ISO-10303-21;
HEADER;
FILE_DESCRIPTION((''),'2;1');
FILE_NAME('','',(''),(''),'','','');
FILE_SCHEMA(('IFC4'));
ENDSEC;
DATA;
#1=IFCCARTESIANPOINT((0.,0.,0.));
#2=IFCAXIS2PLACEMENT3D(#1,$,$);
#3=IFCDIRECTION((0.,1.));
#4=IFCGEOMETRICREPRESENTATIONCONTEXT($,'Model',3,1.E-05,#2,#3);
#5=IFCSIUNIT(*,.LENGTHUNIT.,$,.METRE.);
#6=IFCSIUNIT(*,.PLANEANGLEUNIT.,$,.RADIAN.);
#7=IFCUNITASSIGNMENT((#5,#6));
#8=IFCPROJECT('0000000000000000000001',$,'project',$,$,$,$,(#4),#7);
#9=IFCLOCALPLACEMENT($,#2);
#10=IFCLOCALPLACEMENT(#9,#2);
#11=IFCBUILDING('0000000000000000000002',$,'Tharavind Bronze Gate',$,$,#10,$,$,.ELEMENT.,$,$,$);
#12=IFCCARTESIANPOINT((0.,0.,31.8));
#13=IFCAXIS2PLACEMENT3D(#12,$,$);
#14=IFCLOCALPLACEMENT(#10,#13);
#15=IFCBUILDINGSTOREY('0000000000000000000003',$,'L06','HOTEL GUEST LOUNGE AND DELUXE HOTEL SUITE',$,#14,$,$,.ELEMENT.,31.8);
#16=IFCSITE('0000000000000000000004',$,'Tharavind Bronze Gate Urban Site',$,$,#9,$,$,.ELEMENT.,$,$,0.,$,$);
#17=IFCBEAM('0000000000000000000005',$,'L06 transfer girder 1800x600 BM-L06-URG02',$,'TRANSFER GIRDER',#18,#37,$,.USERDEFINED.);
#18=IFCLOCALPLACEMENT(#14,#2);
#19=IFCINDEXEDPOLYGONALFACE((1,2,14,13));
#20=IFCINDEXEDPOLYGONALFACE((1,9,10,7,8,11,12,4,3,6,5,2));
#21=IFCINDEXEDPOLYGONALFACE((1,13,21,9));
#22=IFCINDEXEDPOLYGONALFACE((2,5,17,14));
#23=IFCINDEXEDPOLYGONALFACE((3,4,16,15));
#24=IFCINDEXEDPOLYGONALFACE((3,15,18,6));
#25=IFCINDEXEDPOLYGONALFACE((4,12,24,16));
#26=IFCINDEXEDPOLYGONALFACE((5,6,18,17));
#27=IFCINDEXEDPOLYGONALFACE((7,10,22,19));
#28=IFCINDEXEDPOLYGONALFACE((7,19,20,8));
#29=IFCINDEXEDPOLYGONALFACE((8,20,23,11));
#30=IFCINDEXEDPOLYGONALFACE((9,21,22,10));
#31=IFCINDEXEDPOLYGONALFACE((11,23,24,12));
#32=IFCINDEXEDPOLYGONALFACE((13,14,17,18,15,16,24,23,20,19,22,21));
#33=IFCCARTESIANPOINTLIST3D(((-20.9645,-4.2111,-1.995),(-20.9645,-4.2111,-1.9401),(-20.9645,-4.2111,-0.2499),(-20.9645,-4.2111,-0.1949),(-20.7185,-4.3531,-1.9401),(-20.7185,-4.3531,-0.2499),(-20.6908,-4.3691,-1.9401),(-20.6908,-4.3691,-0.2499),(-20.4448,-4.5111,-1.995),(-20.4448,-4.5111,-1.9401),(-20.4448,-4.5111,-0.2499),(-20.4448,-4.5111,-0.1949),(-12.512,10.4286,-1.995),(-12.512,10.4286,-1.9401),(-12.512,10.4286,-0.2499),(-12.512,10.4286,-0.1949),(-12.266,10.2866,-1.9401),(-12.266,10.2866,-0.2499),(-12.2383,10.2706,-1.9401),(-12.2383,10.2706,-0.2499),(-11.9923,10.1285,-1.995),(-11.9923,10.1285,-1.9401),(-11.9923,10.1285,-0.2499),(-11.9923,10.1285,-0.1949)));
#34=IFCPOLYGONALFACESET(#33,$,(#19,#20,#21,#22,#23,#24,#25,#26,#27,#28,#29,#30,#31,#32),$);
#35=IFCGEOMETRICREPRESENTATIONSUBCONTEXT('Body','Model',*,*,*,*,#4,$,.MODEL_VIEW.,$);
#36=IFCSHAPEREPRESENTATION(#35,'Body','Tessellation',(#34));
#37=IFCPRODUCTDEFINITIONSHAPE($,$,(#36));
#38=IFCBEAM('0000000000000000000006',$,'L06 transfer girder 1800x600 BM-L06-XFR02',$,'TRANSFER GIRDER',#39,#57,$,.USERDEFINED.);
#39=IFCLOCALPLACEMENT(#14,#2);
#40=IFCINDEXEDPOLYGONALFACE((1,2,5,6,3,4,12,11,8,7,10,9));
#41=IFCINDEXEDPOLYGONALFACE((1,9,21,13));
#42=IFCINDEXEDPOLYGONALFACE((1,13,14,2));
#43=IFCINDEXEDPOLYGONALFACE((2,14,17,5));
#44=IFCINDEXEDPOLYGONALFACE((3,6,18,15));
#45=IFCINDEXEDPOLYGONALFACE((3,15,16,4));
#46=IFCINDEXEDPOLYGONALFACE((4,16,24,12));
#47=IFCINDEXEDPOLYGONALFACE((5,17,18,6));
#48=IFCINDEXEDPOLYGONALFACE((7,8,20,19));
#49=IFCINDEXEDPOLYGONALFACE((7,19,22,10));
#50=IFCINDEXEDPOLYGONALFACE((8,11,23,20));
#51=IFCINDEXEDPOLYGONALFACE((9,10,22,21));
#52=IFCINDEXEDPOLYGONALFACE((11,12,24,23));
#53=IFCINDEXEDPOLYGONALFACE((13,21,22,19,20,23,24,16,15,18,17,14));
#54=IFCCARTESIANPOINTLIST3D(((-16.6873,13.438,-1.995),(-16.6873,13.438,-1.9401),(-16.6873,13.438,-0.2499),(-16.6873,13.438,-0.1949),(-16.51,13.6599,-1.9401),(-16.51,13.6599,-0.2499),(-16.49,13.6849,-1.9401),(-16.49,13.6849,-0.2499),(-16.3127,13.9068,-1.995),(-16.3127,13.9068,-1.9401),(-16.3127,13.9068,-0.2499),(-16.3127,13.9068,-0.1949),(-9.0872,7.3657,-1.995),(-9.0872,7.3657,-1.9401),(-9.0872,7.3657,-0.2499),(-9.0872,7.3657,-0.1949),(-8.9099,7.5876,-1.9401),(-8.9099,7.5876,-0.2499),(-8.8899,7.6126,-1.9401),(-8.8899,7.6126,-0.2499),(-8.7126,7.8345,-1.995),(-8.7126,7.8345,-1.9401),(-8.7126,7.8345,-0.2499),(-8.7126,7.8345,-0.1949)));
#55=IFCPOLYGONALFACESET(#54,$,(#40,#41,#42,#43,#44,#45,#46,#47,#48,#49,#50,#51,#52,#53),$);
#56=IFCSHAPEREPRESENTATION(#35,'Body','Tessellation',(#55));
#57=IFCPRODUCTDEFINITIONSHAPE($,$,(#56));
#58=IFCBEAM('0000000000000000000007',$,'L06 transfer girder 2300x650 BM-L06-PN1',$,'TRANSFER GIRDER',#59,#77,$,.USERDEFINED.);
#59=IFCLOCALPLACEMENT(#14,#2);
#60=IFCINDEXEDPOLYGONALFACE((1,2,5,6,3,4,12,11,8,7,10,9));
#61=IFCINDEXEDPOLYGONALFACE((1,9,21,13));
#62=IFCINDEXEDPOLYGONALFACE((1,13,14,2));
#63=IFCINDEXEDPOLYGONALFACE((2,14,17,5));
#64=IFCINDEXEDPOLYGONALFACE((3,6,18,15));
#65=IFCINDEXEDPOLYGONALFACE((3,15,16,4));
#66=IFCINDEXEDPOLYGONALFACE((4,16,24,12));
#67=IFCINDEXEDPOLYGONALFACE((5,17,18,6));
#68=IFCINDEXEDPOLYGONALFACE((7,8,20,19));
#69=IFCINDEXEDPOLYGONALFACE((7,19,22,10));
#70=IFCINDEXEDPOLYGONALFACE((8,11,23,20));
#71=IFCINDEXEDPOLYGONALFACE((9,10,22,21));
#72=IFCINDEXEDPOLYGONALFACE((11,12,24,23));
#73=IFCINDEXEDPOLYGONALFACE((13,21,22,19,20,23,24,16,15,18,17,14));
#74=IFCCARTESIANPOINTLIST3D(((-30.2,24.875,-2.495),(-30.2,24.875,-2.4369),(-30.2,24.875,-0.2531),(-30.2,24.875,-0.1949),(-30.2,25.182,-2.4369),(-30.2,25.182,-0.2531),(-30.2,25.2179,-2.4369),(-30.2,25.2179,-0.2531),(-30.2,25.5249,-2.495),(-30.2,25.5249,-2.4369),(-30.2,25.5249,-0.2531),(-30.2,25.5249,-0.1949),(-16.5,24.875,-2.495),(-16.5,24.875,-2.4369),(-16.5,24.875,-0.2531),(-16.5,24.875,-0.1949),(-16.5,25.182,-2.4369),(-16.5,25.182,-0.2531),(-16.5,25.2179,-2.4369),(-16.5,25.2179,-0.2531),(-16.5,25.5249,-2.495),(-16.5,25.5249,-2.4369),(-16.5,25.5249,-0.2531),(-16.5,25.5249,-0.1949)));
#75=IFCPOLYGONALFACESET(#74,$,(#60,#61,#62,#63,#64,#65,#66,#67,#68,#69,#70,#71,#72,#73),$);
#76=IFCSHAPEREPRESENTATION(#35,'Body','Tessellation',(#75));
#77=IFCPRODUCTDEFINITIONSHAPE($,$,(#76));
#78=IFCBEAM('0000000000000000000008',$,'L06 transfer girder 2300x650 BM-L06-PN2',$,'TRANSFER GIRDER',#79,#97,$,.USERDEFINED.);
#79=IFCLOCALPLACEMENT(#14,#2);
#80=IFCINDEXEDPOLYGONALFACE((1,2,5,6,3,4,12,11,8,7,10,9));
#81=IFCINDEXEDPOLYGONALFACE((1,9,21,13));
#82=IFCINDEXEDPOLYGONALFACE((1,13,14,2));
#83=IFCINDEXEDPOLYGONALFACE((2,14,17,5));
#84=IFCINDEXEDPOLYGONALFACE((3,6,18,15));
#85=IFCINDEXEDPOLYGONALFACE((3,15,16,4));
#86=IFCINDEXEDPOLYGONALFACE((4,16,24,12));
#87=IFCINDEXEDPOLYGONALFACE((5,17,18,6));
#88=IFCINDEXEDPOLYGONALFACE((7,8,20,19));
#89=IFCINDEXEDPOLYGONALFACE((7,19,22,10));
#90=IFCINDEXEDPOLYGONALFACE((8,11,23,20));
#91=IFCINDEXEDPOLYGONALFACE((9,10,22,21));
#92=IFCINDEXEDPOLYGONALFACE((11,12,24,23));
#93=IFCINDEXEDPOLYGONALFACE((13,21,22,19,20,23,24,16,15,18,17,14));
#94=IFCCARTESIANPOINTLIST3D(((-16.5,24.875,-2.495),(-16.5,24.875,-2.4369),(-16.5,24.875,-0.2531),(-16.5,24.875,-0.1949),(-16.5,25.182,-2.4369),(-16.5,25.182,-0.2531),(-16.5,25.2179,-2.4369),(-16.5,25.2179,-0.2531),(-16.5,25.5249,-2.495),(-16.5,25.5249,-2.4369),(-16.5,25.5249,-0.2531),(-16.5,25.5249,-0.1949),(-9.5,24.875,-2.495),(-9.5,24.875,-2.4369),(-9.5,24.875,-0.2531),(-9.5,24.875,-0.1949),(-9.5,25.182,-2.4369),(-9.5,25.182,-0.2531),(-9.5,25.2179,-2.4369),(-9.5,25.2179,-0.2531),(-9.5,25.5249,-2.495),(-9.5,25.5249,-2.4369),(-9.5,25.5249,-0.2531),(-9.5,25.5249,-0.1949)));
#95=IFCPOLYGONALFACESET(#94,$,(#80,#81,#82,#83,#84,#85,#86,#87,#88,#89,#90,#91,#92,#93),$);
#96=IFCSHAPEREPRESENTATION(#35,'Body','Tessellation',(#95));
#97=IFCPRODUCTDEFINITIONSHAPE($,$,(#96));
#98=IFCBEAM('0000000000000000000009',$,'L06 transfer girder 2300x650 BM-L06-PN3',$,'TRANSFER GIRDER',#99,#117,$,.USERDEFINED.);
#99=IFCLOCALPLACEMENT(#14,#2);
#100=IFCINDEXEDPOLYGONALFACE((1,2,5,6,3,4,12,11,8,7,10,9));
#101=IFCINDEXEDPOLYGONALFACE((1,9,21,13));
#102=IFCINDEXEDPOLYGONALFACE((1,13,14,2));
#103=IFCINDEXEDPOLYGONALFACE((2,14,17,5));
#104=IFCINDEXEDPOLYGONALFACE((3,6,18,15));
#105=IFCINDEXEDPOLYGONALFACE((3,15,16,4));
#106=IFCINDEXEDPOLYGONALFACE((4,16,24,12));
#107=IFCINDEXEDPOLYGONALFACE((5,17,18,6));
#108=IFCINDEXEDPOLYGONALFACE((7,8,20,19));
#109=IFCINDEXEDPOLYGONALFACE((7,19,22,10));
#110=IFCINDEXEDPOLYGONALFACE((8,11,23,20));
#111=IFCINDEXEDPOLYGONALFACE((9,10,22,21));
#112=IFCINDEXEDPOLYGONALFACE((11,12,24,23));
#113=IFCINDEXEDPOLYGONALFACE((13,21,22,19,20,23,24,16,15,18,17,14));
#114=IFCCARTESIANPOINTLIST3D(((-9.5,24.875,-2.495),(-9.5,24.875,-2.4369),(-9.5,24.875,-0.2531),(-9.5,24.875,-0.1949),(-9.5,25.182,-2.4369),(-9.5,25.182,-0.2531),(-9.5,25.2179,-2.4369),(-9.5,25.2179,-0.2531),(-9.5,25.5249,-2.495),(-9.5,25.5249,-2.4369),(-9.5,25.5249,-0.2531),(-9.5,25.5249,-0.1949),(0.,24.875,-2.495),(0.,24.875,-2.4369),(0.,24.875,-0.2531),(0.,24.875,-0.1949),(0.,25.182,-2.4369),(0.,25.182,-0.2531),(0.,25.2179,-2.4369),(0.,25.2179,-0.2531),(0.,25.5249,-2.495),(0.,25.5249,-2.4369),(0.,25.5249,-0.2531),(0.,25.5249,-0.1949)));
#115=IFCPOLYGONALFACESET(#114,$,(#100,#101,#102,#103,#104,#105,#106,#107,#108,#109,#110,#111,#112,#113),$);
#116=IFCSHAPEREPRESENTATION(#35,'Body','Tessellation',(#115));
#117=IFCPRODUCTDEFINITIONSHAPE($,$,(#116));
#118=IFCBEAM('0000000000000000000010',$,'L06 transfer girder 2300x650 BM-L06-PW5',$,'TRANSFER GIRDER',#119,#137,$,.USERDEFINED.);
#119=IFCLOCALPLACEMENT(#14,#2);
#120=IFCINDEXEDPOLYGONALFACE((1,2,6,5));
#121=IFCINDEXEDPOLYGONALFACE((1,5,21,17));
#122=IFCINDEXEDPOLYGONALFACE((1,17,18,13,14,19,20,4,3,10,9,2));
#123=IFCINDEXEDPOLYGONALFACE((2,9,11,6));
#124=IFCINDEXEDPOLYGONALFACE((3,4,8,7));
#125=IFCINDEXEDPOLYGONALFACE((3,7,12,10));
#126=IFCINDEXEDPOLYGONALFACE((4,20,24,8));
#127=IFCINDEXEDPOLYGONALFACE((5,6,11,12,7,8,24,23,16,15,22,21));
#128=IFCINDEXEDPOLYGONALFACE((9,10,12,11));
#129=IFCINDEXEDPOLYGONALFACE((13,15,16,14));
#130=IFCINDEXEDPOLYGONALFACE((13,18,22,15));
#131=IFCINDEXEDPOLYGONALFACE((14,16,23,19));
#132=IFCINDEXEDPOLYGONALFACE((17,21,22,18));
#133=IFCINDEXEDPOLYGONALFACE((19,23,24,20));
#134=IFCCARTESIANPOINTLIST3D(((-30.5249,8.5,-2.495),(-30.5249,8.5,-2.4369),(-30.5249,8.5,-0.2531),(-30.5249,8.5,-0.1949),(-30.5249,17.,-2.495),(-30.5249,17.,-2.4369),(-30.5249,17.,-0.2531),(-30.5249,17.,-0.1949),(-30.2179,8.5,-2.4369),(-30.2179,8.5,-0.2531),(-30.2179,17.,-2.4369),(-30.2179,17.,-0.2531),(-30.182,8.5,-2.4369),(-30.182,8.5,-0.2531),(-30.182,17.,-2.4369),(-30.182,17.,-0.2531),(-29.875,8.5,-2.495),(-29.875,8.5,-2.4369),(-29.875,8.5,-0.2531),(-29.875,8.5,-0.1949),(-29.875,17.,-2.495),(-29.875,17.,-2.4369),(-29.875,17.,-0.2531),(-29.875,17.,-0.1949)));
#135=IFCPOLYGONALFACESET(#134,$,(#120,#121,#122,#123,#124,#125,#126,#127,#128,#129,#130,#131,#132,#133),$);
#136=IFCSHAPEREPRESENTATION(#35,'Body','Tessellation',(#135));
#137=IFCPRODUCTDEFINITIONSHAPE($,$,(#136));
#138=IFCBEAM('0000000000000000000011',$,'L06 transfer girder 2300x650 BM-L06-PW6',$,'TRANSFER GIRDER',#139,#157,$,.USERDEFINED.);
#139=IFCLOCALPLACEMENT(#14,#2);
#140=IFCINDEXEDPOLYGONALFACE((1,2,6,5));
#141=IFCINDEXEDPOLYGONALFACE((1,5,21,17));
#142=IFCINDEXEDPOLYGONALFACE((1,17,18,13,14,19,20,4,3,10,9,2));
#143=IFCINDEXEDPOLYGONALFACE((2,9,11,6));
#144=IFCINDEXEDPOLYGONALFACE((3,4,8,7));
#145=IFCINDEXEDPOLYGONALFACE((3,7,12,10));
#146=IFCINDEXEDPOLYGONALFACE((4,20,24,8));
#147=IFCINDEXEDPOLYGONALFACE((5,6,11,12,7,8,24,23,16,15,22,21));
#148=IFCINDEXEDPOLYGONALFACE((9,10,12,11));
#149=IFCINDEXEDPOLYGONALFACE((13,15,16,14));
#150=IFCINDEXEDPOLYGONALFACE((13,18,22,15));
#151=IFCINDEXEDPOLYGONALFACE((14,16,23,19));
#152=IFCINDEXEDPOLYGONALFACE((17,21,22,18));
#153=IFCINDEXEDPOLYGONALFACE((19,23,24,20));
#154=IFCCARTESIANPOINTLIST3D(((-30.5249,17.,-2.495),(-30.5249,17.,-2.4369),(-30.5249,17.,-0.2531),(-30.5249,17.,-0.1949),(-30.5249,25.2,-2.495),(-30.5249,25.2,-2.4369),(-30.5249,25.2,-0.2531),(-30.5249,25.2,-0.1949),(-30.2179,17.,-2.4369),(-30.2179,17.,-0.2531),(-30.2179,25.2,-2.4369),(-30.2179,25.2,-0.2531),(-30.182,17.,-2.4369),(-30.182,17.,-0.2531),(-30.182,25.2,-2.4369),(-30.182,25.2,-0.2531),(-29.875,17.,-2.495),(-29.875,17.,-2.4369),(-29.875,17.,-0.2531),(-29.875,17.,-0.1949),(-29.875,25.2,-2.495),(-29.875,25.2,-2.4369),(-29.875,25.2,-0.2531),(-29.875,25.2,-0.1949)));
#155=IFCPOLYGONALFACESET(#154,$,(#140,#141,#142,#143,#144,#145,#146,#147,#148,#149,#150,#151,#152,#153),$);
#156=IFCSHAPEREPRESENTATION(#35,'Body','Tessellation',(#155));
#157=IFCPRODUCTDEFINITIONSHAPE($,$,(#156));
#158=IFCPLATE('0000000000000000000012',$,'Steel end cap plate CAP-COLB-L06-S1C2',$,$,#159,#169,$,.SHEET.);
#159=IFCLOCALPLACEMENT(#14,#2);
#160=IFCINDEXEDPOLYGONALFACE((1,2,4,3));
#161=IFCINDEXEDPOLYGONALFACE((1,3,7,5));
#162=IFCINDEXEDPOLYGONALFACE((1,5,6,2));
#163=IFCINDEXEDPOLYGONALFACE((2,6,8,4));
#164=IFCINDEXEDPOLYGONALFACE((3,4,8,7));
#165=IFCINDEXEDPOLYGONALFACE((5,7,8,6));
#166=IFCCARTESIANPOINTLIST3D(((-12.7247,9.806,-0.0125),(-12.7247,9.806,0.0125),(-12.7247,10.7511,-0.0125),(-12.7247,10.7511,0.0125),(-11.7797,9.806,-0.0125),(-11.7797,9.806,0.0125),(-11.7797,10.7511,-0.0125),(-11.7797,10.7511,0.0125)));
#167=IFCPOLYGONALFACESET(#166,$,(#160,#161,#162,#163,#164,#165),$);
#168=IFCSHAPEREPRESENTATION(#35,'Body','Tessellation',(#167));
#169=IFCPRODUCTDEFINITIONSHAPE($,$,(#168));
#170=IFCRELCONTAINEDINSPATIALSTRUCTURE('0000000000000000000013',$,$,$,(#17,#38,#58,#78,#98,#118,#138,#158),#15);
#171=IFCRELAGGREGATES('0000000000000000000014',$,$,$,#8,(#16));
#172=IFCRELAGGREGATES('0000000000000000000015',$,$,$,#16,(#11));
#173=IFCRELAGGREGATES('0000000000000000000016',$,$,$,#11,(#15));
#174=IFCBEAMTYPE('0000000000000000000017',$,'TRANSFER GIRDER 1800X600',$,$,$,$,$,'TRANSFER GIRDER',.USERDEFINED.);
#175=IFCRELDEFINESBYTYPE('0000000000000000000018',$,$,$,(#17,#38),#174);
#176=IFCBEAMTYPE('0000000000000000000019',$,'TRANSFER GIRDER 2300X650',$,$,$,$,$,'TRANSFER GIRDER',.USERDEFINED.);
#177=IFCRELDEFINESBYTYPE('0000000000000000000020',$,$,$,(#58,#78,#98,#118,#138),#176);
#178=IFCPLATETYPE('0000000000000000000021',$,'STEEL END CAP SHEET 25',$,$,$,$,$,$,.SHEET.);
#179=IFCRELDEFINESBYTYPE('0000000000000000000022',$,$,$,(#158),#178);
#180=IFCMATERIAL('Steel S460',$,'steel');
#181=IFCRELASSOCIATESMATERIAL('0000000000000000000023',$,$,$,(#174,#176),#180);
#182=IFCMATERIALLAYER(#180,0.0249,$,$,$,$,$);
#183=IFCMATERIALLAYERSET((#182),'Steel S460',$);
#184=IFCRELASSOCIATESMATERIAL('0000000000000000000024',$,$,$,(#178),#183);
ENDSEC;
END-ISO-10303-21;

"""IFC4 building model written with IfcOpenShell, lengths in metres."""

from ifc_helpers import new_model, si_unit, direction, frame, origin, origin_2d, place, context, subcontext, project, spatial, rectangle, i_section, extrude, material, layer, layer_set, material_profile, profile_set, type_object, element, save


model = new_model("IFC4")

# Units and contexts
model_context = context("Model", 3, precision=1e-05, world=origin(), true_north=direction((0.0, 1.0)))
body_context = subcontext(model_context, "Body", "Model", "MODEL_VIEW")
ifc_project = project(units=[si_unit("LENGTHUNIT", "METRE"), si_unit("PLANEANGLEUNIT", "RADIAN")], contexts=[model_context])

# Site, building, storey
site_placement = place(None, origin())
site = spatial("IfcSite", under=ifc_project, at=site_placement, Name="Tharavind Bronze Gate Urban Site", CompositionType="ELEMENT", RefElevation=0.0)
building_placement = place(site_placement, origin())
building = spatial("IfcBuilding", under=site, at=building_placement, Name="Tharavind Bronze Gate", CompositionType="ELEMENT")
storey_placement = place(building_placement, frame((0.0, 0.0, 31.8)))
storey = spatial("IfcBuildingStorey", under=building, at=storey_placement, Name="L06", Description="HOTEL GUEST LOUNGE AND DELUXE HOTEL SUITE", CompositionType="ELEMENT", Elevation=31.8)

# Shared definitions
ifc_material_1 = material(Name="Steel S460", Category="steel")

# Beams
ifc_material_profile_1 = material_profile(ifc_material_1, i_section(OverallWidth=0.6001, OverallDepth=1.8, WebThickness=0.032, FlangeThickness=0.0549, at=origin_2d()), Name="PG1800X600")
ifc_profile_set_1 = profile_set([ifc_material_profile_1], Name="Steel S460")
beam_type_1 = type_object("IfcBeamType", Name="TRANSFER GIRDER 1800X600", ElementType="TRANSFER GIRDER", PredefinedType="USERDEFINED", material=ifc_profile_set_1)
beam_1_placement = place(storey_placement, frame((-12.2522, 10.2786, -1.095), z_axis=(-0.500008, -0.866021, 0.0), x_axis=(0.866021, -0.500008, 0.0)))
element("IfcBeam", 1, at=beam_1_placement, inside=storey, type_object=beam_type_1, Name="L06 transfer girder 1800x600 BM-L06-URG02", ObjectType="TRANSFER GIRDER", PredefinedType="USERDEFINED", context=body_context, shape_type="SweptSolid", body=[
    extrude(i_section(OverallWidth=0.6001, OverallDepth=1.8, WebThickness=0.032, FlangeThickness=0.0549, at=origin_2d()), origin(), (0.0, 0.0, 1.0), 16.9045),
])
beam_2_placement = place(storey_placement, frame((-8.8999, 7.6001, -1.095), z_axis=(-0.78126, 0.624205, 0.0), x_axis=(-0.624205, -0.78126, 0.0)))
element("IfcBeam", 2, at=beam_2_placement, inside=storey, type_object=beam_type_1, Name="L06 transfer girder 1800x600 BM-L06-XFR02", ObjectType="TRANSFER GIRDER", PredefinedType="USERDEFINED", context=body_context, shape_type="SweptSolid", body=[
    extrude(i_section(OverallWidth=0.6001, OverallDepth=1.8, WebThickness=0.032, FlangeThickness=0.0549, at=origin_2d()), origin(), (0.0, 0.0, 1.0), 9.728),
])
ifc_material_profile_2 = material_profile(ifc_material_1, i_section(OverallWidth=0.6499, OverallDepth=2.3, WebThickness=0.0359, FlangeThickness=0.0581, at=origin_2d()), Name="PG2300X650")
ifc_profile_set_2 = profile_set([ifc_material_profile_2], Name="Steel S460")
beam_type_2 = type_object("IfcBeamType", Name="TRANSFER GIRDER 2300X650", ElementType="TRANSFER GIRDER", PredefinedType="USERDEFINED", material=ifc_profile_set_2)
beam_3_placement = place(storey_placement, frame((-30.2, 25.2, -1.345), z_axis=(1.0, 0.0, 0.0), x_axis=(0.0, 1.0, 0.0)))
element("IfcBeam", 3, at=beam_3_placement, inside=storey, type_object=beam_type_2, Name="L06 transfer girder 2300x650 BM-L06-PN1", ObjectType="TRANSFER GIRDER", PredefinedType="USERDEFINED", context=body_context, shape_type="SweptSolid", body=[
    extrude(i_section(OverallWidth=0.6499, OverallDepth=2.3, WebThickness=0.0359, FlangeThickness=0.0581, at=origin_2d()), origin(), (0.0, 0.0, 1.0), 13.7),
])
beam_4_placement = place(storey_placement, frame((-16.5, 25.2, -1.345), z_axis=(1.0, 0.0, 0.0), x_axis=(0.0, 1.0, 0.0)))
element("IfcBeam", 4, at=beam_4_placement, inside=storey, type_object=beam_type_2, Name="L06 transfer girder 2300x650 BM-L06-PN2", ObjectType="TRANSFER GIRDER", PredefinedType="USERDEFINED", context=body_context, shape_type="SweptSolid", body=[
    extrude(i_section(OverallWidth=0.6499, OverallDepth=2.3, WebThickness=0.0359, FlangeThickness=0.0581, at=origin_2d()), origin(), (0.0, 0.0, 1.0), 7.0),
])
beam_5_placement = place(storey_placement, frame((-9.5, 25.2, -1.345), z_axis=(1.0, 0.0, 0.0), x_axis=(0.0, 1.0, 0.0)))
element("IfcBeam", 5, at=beam_5_placement, inside=storey, type_object=beam_type_2, Name="L06 transfer girder 2300x650 BM-L06-PN3", ObjectType="TRANSFER GIRDER", PredefinedType="USERDEFINED", context=body_context, shape_type="SweptSolid", body=[
    extrude(i_section(OverallWidth=0.6499, OverallDepth=2.3, WebThickness=0.0359, FlangeThickness=0.0581, at=origin_2d()), origin(), (0.0, 0.0, 1.0), 9.5),
])
beam_6_placement = place(storey_placement, frame((-30.2, 8.5, -1.345), z_axis=(0.0, 1.0, 0.0), x_axis=(-1.0, 0.0, 0.0)))
element("IfcBeam", 6, at=beam_6_placement, inside=storey, type_object=beam_type_2, Name="L06 transfer girder 2300x650 BM-L06-PW5", ObjectType="TRANSFER GIRDER", PredefinedType="USERDEFINED", context=body_context, shape_type="SweptSolid", body=[
    extrude(i_section(OverallWidth=0.6499, OverallDepth=2.3, WebThickness=0.0359, FlangeThickness=0.0581, at=origin_2d()), origin(), (0.0, 0.0, 1.0), 8.5),
])
beam_7_placement = place(storey_placement, frame((-30.2, 17.0, -1.345), z_axis=(0.0, 1.0, 0.0), x_axis=(-1.0, 0.0, 0.0)))
element("IfcBeam", 7, at=beam_7_placement, inside=storey, type_object=beam_type_2, Name="L06 transfer girder 2300x650 BM-L06-PW6", ObjectType="TRANSFER GIRDER", PredefinedType="USERDEFINED", context=body_context, shape_type="SweptSolid", body=[
    extrude(i_section(OverallWidth=0.6499, OverallDepth=2.3, WebThickness=0.0359, FlangeThickness=0.0581, at=origin_2d()), origin(), (0.0, 0.0, 1.0), 8.2),
])

# Plate
ifc_layer_1 = layer(ifc_material_1, 0.0249)
ifc_layer_set_1 = layer_set([ifc_layer_1], Name="Steel S460")
plate_type = type_object("IfcPlateType", Name="STEEL END CAP SHEET 25", PredefinedType="SHEET", material=ifc_layer_set_1)
plate_placement = place(storey_placement, frame((-12.2522, 10.2786, -0.0125), z_axis=(0.0, 0.0, 1.0), x_axis=(1.0, 0.0, 0.0)))
element("IfcPlate", 8, at=plate_placement, inside=storey, type_object=plate_type, Name="Steel end cap plate CAP-COLB-L06-S1C2", PredefinedType="SHEET", context=body_context, shape_type="SweptSolid", body=[
    extrude(rectangle(XDim=0.9451, YDim=0.9451, at=origin_2d()), origin(), (0.0, 0.0, 1.0), 0.0249),
])

save(model, "model.ifc")
